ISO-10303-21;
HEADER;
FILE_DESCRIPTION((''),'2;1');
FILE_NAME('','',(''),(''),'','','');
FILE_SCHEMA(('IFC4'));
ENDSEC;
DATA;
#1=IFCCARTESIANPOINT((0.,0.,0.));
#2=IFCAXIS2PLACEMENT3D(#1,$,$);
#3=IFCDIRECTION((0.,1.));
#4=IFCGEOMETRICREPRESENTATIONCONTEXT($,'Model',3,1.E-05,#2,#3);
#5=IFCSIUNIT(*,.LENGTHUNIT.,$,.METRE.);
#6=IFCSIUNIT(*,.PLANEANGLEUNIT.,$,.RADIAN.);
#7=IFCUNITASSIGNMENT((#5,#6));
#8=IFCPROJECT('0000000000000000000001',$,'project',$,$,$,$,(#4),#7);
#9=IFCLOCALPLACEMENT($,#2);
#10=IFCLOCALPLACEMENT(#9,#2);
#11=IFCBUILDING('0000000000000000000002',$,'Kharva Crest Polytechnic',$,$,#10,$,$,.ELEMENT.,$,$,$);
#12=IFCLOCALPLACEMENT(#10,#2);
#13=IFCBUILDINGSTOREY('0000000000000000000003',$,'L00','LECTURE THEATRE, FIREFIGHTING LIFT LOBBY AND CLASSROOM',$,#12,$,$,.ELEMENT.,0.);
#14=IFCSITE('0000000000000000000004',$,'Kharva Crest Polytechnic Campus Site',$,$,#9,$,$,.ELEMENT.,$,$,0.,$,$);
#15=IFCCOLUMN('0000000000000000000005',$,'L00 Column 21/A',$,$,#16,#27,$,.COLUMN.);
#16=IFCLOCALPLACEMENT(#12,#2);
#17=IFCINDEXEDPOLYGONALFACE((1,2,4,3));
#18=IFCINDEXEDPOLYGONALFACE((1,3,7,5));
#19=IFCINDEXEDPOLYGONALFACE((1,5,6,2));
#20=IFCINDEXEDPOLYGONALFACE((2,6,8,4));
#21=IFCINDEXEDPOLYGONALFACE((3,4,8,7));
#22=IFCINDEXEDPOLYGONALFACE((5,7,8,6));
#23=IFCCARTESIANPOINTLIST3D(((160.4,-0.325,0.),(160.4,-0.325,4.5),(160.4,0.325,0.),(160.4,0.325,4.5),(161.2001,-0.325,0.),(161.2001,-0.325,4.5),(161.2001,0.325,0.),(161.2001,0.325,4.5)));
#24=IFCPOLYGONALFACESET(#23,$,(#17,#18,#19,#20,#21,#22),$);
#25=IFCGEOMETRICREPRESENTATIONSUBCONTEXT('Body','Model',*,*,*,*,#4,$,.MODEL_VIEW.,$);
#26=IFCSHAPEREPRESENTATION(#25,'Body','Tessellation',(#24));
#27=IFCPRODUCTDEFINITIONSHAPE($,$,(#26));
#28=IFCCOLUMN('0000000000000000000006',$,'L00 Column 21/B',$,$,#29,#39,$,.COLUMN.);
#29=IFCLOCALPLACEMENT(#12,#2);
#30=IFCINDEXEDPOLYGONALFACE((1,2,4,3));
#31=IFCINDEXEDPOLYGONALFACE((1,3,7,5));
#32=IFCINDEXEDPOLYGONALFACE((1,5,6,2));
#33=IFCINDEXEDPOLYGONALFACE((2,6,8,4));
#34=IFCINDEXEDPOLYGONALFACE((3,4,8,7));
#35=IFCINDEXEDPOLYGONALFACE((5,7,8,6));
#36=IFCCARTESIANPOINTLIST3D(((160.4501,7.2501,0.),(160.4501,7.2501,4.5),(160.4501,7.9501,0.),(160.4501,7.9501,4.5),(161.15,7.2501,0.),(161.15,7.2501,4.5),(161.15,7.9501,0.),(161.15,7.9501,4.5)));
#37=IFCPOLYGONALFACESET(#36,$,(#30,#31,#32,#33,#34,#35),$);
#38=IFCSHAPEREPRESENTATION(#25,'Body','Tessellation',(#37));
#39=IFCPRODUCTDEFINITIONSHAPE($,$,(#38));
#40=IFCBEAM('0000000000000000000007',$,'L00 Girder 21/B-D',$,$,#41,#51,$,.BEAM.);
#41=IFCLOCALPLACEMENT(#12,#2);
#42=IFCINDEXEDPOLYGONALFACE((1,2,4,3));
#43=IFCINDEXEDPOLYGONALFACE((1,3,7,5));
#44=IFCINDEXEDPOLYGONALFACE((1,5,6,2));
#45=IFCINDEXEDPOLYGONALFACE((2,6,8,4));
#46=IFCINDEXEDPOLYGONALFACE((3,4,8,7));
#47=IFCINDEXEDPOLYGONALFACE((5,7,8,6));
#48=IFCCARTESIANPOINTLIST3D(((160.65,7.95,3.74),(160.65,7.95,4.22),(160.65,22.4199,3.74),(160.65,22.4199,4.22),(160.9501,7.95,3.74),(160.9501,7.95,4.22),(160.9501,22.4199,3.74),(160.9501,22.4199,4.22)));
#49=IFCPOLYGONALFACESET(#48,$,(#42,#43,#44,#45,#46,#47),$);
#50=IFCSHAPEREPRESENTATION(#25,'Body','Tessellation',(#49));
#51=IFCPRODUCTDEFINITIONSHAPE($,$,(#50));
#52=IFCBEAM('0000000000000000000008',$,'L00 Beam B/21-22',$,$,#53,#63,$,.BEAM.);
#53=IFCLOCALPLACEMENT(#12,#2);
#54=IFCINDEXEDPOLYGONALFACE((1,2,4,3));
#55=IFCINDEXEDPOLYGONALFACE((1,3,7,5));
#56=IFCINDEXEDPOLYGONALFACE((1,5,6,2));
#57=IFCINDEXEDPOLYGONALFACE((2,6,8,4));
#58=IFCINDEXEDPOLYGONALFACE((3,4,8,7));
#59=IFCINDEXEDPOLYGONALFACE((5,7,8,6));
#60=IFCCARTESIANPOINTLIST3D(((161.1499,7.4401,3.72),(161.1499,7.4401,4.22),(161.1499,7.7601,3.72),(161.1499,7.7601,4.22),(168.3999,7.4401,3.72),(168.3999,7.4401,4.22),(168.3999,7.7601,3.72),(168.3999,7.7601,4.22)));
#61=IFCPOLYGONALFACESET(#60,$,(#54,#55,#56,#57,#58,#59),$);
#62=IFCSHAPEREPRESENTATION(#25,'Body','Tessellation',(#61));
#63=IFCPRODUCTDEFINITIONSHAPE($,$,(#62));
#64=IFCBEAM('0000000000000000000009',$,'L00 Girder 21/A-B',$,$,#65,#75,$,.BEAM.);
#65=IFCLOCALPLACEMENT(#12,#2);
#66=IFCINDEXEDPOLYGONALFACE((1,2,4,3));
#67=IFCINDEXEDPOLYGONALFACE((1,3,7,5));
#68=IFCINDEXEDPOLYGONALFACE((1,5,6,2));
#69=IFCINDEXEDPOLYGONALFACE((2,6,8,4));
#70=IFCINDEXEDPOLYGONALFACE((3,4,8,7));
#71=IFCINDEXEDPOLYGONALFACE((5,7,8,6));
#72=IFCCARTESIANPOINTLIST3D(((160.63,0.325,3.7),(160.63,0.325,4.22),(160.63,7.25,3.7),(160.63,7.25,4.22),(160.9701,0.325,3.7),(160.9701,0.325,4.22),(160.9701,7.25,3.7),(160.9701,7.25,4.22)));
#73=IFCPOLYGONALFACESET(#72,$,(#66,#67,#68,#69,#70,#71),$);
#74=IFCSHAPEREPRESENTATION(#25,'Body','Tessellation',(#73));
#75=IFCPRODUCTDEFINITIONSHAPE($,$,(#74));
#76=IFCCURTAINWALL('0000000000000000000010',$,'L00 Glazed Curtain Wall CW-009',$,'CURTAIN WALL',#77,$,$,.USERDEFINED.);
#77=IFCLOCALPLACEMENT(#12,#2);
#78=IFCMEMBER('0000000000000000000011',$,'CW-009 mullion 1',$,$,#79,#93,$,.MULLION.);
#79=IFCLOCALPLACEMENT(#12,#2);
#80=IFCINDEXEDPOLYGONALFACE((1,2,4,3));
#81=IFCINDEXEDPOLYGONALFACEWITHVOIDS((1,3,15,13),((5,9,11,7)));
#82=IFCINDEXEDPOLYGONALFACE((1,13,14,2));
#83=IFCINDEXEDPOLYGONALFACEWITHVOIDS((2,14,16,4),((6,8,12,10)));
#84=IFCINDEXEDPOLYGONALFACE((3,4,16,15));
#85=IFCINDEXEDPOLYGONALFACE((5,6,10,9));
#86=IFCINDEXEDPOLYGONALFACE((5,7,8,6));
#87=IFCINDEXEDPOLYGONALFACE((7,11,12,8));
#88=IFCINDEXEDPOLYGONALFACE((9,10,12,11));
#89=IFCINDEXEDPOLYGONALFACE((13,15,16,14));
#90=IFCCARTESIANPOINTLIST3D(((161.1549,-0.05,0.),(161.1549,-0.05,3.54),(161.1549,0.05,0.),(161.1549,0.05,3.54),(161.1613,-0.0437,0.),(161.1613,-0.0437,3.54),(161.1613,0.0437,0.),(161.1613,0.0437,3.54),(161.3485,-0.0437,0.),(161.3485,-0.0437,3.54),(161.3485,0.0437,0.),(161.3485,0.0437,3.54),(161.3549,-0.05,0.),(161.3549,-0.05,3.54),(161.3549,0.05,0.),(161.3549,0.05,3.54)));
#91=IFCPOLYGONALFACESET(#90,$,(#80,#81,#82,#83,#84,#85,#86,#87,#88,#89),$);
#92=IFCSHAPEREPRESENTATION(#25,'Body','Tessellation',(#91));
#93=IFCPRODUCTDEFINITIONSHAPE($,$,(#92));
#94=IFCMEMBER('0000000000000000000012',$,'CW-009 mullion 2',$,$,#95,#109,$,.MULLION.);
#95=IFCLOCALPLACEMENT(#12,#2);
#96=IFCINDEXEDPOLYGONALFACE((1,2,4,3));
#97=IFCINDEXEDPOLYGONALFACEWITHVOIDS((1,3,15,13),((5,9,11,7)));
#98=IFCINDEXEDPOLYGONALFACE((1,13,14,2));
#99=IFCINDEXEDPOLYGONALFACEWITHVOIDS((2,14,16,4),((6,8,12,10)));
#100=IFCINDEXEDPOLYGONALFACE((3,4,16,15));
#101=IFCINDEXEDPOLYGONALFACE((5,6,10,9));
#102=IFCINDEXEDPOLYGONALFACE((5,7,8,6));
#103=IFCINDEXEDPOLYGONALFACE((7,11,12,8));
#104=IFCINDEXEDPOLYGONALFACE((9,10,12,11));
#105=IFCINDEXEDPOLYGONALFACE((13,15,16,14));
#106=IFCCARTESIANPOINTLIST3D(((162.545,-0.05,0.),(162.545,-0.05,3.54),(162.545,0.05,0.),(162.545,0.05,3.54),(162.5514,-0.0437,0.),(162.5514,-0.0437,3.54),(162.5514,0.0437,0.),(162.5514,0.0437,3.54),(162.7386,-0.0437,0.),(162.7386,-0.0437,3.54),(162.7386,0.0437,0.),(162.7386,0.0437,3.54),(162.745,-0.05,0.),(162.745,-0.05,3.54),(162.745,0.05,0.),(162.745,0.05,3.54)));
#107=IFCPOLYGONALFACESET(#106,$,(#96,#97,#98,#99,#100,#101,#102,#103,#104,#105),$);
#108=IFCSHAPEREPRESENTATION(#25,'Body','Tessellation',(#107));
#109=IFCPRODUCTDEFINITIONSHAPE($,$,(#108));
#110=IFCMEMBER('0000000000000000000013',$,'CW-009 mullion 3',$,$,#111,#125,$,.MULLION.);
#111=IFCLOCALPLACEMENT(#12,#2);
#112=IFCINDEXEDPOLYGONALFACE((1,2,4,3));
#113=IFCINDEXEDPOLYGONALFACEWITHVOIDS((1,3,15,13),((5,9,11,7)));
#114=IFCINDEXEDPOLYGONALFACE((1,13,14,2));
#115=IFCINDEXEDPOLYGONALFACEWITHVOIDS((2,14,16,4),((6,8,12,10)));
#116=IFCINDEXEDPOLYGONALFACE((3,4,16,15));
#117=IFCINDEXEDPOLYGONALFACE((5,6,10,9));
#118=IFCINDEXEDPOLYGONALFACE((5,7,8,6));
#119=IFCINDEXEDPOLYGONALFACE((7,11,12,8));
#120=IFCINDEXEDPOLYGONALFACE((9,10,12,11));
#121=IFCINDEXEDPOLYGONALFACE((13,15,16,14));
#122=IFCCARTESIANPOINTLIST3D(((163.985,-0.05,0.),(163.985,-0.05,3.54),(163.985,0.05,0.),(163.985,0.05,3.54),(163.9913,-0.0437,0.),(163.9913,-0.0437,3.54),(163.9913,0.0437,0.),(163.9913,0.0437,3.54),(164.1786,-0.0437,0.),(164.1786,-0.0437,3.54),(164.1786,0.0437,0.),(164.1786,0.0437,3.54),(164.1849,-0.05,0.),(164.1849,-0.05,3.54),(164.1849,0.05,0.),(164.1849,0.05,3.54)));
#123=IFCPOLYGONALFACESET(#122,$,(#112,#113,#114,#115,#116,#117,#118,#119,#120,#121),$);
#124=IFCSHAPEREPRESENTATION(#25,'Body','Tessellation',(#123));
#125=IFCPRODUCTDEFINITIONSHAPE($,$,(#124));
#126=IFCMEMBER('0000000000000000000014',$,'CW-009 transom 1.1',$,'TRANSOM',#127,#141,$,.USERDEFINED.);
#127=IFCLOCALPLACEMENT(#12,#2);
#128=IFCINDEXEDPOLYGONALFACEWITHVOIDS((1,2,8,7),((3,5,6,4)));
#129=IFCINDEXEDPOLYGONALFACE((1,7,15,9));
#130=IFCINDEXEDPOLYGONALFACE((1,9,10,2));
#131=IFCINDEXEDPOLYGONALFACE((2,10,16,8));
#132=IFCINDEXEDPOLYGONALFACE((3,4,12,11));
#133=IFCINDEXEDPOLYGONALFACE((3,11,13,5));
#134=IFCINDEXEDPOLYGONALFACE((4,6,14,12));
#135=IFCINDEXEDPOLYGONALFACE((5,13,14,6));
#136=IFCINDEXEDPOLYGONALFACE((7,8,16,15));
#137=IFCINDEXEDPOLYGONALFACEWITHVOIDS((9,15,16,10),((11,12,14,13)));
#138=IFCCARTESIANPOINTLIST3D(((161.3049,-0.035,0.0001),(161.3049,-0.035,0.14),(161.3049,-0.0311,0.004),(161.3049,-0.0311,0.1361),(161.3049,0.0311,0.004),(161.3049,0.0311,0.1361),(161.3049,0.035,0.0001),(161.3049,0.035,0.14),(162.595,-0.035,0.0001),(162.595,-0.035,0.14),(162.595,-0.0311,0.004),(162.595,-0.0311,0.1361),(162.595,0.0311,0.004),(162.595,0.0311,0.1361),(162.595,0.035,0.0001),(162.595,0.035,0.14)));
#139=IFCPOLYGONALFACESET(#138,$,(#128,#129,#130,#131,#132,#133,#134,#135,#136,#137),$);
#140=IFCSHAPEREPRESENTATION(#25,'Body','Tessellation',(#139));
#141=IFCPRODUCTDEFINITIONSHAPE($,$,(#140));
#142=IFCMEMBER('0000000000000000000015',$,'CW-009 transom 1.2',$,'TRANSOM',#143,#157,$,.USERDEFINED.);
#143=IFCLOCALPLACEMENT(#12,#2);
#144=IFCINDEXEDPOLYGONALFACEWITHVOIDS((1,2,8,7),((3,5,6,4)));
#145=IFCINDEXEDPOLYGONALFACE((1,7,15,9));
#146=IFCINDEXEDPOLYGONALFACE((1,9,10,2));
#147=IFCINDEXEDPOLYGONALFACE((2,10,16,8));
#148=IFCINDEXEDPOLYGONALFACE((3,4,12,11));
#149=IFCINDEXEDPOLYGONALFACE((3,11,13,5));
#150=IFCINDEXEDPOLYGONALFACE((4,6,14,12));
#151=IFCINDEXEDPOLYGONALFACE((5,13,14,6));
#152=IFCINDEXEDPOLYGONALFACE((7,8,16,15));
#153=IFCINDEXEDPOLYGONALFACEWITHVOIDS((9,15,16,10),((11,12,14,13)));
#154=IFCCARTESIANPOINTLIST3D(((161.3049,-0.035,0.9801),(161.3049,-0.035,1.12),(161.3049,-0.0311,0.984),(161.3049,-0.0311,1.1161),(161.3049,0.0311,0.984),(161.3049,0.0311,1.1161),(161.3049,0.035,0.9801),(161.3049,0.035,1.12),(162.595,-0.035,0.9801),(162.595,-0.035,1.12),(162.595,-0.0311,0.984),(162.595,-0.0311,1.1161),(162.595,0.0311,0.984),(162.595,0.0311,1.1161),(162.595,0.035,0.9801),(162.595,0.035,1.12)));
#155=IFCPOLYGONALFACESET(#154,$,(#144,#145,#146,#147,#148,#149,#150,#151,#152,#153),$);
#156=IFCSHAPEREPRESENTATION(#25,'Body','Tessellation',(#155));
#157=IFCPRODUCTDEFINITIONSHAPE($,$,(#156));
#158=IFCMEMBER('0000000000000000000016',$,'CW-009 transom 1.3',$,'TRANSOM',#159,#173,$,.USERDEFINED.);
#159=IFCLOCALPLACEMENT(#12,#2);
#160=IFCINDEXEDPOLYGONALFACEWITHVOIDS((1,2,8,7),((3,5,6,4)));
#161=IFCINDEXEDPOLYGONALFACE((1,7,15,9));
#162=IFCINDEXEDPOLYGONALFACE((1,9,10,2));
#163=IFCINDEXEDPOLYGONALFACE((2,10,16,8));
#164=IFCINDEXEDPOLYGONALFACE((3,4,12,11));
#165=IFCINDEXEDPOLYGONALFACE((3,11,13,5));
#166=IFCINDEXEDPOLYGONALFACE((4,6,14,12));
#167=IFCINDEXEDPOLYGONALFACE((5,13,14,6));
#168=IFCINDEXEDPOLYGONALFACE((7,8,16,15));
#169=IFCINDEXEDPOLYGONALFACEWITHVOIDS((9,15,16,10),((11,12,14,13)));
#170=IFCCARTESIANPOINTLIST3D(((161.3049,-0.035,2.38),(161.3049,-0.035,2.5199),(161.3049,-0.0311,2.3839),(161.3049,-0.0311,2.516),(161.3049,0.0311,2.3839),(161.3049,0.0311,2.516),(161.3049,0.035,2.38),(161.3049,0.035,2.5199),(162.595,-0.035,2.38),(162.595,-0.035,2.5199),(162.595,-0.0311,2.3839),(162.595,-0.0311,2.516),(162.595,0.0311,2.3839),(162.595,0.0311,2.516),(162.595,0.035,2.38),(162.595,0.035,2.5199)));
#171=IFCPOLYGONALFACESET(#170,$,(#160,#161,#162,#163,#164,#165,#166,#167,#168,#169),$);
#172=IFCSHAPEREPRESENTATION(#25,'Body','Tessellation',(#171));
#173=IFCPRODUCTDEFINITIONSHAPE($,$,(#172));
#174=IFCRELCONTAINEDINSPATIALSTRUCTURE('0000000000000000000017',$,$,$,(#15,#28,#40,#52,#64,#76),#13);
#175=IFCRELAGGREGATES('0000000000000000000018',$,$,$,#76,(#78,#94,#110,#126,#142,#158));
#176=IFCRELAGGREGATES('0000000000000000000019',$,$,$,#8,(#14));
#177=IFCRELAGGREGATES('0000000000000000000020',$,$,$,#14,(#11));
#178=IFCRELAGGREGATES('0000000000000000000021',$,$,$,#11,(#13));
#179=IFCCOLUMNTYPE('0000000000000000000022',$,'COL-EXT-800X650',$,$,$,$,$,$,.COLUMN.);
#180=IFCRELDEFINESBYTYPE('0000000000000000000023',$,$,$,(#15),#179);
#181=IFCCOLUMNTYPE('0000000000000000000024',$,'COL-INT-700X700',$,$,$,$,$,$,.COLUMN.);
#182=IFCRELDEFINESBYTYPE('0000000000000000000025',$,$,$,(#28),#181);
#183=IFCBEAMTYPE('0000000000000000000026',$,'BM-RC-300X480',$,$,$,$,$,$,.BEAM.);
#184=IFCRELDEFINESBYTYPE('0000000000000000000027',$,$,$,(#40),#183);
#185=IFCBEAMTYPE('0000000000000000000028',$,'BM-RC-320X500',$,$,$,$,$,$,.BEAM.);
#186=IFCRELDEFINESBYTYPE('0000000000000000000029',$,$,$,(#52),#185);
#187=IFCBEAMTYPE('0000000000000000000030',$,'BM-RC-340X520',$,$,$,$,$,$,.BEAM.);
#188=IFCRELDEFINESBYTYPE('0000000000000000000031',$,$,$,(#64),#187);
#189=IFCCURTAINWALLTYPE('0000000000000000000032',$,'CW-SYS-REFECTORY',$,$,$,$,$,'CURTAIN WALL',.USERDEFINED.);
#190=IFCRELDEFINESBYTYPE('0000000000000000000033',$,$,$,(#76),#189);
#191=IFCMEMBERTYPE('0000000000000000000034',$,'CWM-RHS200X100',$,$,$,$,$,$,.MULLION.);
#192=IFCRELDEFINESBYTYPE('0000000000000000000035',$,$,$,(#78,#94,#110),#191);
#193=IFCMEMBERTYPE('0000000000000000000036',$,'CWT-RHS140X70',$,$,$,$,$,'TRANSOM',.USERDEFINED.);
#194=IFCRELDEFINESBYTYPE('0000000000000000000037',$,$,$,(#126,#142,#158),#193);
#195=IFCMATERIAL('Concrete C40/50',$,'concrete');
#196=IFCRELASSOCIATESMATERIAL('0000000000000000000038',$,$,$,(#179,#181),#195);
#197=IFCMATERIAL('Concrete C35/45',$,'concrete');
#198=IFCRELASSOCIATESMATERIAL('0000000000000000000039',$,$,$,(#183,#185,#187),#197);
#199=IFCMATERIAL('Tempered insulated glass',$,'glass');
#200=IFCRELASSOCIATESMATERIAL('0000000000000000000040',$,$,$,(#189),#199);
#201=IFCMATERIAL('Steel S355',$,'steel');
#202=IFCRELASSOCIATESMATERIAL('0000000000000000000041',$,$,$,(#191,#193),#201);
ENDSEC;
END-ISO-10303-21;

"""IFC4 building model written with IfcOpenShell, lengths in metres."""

from ifc_helpers import new_model, si_unit, direction, frame, origin, origin_2d, place, context, subcontext, project, spatial, rectangle, hollow_rectangle, extrude, material, material_profile, profile_set, type_object, element, aggregate, save


model = new_model("IFC4")

# Units and contexts
model_context = context("Model", 3, precision=1e-05, world=origin(), true_north=direction((0.0, 1.0)))
body_context = subcontext(model_context, "Body", "Model", "MODEL_VIEW")
ifc_project = project(units=[si_unit("LENGTHUNIT", "METRE"), si_unit("PLANEANGLEUNIT", "RADIAN")], contexts=[model_context])

# Site, building, storey
site_placement = place(None, origin())
site = spatial("IfcSite", under=ifc_project, at=site_placement, Name="Kharva Crest Polytechnic Campus Site", CompositionType="ELEMENT", RefElevation=0.0)
building_placement = place(site_placement, origin())
building = spatial("IfcBuilding", under=site, at=building_placement, Name="Kharva Crest Polytechnic", CompositionType="ELEMENT")
storey_placement = place(building_placement, origin())
storey = spatial("IfcBuildingStorey", under=building, at=storey_placement, Name="L00", Description="LECTURE THEATRE, FIREFIGHTING LIFT LOBBY AND CLASSROOM", CompositionType="ELEMENT", Elevation=0.0)

# Columns
ifc_material_1 = material(Name="Concrete C40/50", Category="concrete")
ifc_material_profile_1 = material_profile(ifc_material_1, rectangle(XDim=0.8, YDim=0.6499, at=origin_2d()), Name="RECT 800 X 650")
ifc_profile_set_1 = profile_set([ifc_material_profile_1], Name="Concrete C40/50")
column_type_1 = type_object("IfcColumnType", Name="COL-EXT-800X650", PredefinedType="COLUMN", material=ifc_profile_set_1)
column_1_placement = place(storey_placement, frame((160.8, 0.0, 0.0), z_axis=(0.0, 0.0, 1.0), x_axis=(1.0, 0.0, 0.0)))
element("IfcColumn", 1, at=column_1_placement, inside=storey, type_object=column_type_1, Name="L00 Column 21/A", PredefinedType="COLUMN", context=body_context, shape_type="SweptSolid", body=[
    extrude(rectangle(XDim=0.8, YDim=0.6499, at=origin_2d()), origin(), (0.0, 0.0, 1.0), 4.5),
])
ifc_material_profile_2 = material_profile(ifc_material_1, rectangle(XDim=0.7, YDim=0.7, at=origin_2d()), Name="RECT 700 X 700")
ifc_profile_set_2 = profile_set([ifc_material_profile_2], Name="Concrete C40/50")
column_type_2 = type_object("IfcColumnType", Name="COL-INT-700X700", PredefinedType="COLUMN", material=ifc_profile_set_2)
column_2_placement = place(storey_placement, frame((160.8, 7.6001, 0.0), z_axis=(0.0, 0.0, 1.0), x_axis=(1.0, 0.0, 0.0)))
element("IfcColumn", 2, at=column_2_placement, inside=storey, type_object=column_type_2, Name="L00 Column 21/B", PredefinedType="COLUMN", context=body_context, shape_type="SweptSolid", body=[
    extrude(rectangle(XDim=0.7, YDim=0.7, at=origin_2d()), origin(), (0.0, 0.0, 1.0), 4.5),
])

# Beams
ifc_material_2 = material(Name="Concrete C35/45", Category="concrete")
ifc_material_profile_3 = material_profile(ifc_material_2, rectangle(XDim=0.3, YDim=0.48, at=origin_2d()), Name="RECT 300 X 480")
ifc_profile_set_3 = profile_set([ifc_material_profile_3], Name="Concrete C35/45")
beam_type_1 = type_object("IfcBeamType", Name="BM-RC-300X480", PredefinedType="BEAM", material=ifc_profile_set_3)
beam_1_placement = place(storey_placement, frame((160.8, 7.95, 3.98), z_axis=(0.0, 1.0, 0.0), x_axis=(-1.0, 0.0, 0.0)))
element("IfcBeam", 3, at=beam_1_placement, inside=storey, type_object=beam_type_1, Name="L00 Girder 21/B-D", PredefinedType="BEAM", context=body_context, shape_type="SweptSolid", body=[
    extrude(rectangle(XDim=0.3, YDim=0.48, at=origin_2d()), origin(), (0.0, 0.0, 1.0), 14.47),
])
ifc_material_profile_4 = material_profile(ifc_material_2, rectangle(XDim=0.3201, YDim=0.5, at=origin_2d()), Name="RECT 320 X 500")
ifc_profile_set_4 = profile_set([ifc_material_profile_4], Name="Concrete C35/45")
beam_type_2 = type_object("IfcBeamType", Name="BM-RC-320X500", PredefinedType="BEAM", material=ifc_profile_set_4)
beam_2_placement = place(storey_placement, frame((161.1499, 7.6001, 3.97), z_axis=(1.0, 0.0, 0.0), x_axis=(0.0, 1.0, 0.0)))
element("IfcBeam", 4, at=beam_2_placement, inside=storey, type_object=beam_type_2, Name="L00 Beam B/21-22", PredefinedType="BEAM", context=body_context, shape_type="SweptSolid", body=[
    extrude(rectangle(XDim=0.3201, YDim=0.5, at=origin_2d()), origin(), (0.0, 0.0, 1.0), 7.25),
])
ifc_material_profile_5 = material_profile(ifc_material_2, rectangle(XDim=0.3401, YDim=0.52, at=origin_2d()), Name="RECT 340 X 520")
ifc_profile_set_5 = profile_set([ifc_material_profile_5], Name="Concrete C35/45")
beam_type_3 = type_object("IfcBeamType", Name="BM-RC-340X520", PredefinedType="BEAM", material=ifc_profile_set_5)
beam_3_placement = place(storey_placement, frame((160.8, 0.325, 3.96), z_axis=(0.0, 1.0, 0.0), x_axis=(-1.0, 0.0, 0.0)))
element("IfcBeam", 5, at=beam_3_placement, inside=storey, type_object=beam_type_3, Name="L00 Girder 21/A-B", PredefinedType="BEAM", context=body_context, shape_type="SweptSolid", body=[
    extrude(rectangle(XDim=0.3401, YDim=0.52, at=origin_2d()), origin(), (0.0, 0.0, 1.0), 6.925),
])

# Curtain wall, members
ifc_material_3 = material(Name="Tempered insulated glass", Category="glass")
curtain_wall_type = type_object("IfcCurtainWallType", Name="CW-SYS-REFECTORY", ElementType="CURTAIN WALL", PredefinedType="USERDEFINED", material=ifc_material_3)
curtain_wall_placement = place(storey_placement, origin())
curtain_wall = element("IfcCurtainWall", 6, at=curtain_wall_placement, inside=storey, type_object=curtain_wall_type, Name="L00 Glazed Curtain Wall CW-009", ObjectType="CURTAIN WALL", PredefinedType="USERDEFINED")
ifc_material_4 = material(Name="Steel S355", Category="steel")
ifc_material_profile_6 = material_profile(ifc_material_4, hollow_rectangle(XDim=0.1001, YDim=0.2, WallThickness=0.0063, at=origin_2d()), Name="RHS 200X100X6.3")
ifc_profile_set_6 = profile_set([ifc_material_profile_6], Name="Steel S355")
member_type_1 = type_object("IfcMemberType", Name="CWM-RHS200X100", PredefinedType="MULLION", material=ifc_profile_set_6)
member_1_placement = place(storey_placement, frame((161.2549, 0.0, 0.0), z_axis=(0.0, 0.0, 1.0), x_axis=(0.0, 1.0, 0.0)))
member_1 = element("IfcMember", 7, at=member_1_placement, type_object=member_type_1, Name="CW-009 mullion 1", PredefinedType="MULLION", context=body_context, shape_type="SweptSolid", body=[
    extrude(hollow_rectangle(XDim=0.1001, YDim=0.2, WallThickness=0.0063, at=origin_2d()), origin(), (0.0, 0.0, 1.0), 3.54),
])
member_2_placement = place(storey_placement, frame((162.645, 0.0, 0.0), z_axis=(0.0, 0.0, 1.0), x_axis=(0.0, 1.0, 0.0)))
member_2 = element("IfcMember", 8, at=member_2_placement, type_object=member_type_1, Name="CW-009 mullion 2", PredefinedType="MULLION", context=body_context, shape_type="SweptSolid", body=[
    extrude(hollow_rectangle(XDim=0.1001, YDim=0.2, WallThickness=0.0063, at=origin_2d()), origin(), (0.0, 0.0, 1.0), 3.54),
])
member_3_placement = place(storey_placement, frame((164.085, 0.0, 0.0), z_axis=(0.0, 0.0, 1.0), x_axis=(0.0, 1.0, 0.0)))
member_3 = element("IfcMember", 9, at=member_3_placement, type_object=member_type_1, Name="CW-009 mullion 3", PredefinedType="MULLION", context=body_context, shape_type="SweptSolid", body=[
    extrude(hollow_rectangle(XDim=0.1001, YDim=0.2, WallThickness=0.0063, at=origin_2d()), origin(), (0.0, 0.0, 1.0), 3.54),
])
ifc_material_profile_7 = material_profile(ifc_material_4, hollow_rectangle(XDim=0.0701, YDim=0.1399, WallThickness=0.0039, at=origin_2d()), Name="RHS 140X70X4.0")
ifc_profile_set_7 = profile_set([ifc_material_profile_7], Name="Steel S355")
member_type_2 = type_object("IfcMemberType", Name="CWT-RHS140X70", ElementType="TRANSOM", PredefinedType="USERDEFINED", material=ifc_profile_set_7)
member_4_placement = place(storey_placement, frame((161.3049, 0.0, 0.0701), z_axis=(1.0, 0.0, 0.0), x_axis=(0.0, 1.0, 0.0)))
member_4 = element("IfcMember", 10, at=member_4_placement, type_object=member_type_2, Name="CW-009 transom 1.1", ObjectType="TRANSOM", PredefinedType="USERDEFINED", context=body_context, shape_type="SweptSolid", body=[
    extrude(hollow_rectangle(XDim=0.0701, YDim=0.1399, WallThickness=0.0039, at=origin_2d()), origin(), (0.0, 0.0, 1.0), 1.29),
])
member_5_placement = place(storey_placement, frame((161.3049, 0.0, 1.05), z_axis=(1.0, 0.0, 0.0), x_axis=(0.0, 1.0, 0.0)))
member_5 = element("IfcMember", 11, at=member_5_placement, type_object=member_type_2, Name="CW-009 transom 1.2", ObjectType="TRANSOM", PredefinedType="USERDEFINED", context=body_context, shape_type="SweptSolid", body=[
    extrude(hollow_rectangle(XDim=0.0701, YDim=0.1399, WallThickness=0.0039, at=origin_2d()), origin(), (0.0, 0.0, 1.0), 1.29),
])
member_6_placement = place(storey_placement, frame((161.3049, 0.0, 2.45), z_axis=(1.0, 0.0, 0.0), x_axis=(0.0, 1.0, 0.0)))
member_6 = element("IfcMember", 12, at=member_6_placement, type_object=member_type_2, Name="CW-009 transom 1.3", ObjectType="TRANSOM", PredefinedType="USERDEFINED", context=body_context, shape_type="SweptSolid", body=[
    extrude(hollow_rectangle(XDim=0.0701, YDim=0.1399, WallThickness=0.0039, at=origin_2d()), origin(), (0.0, 0.0, 1.0), 1.29),
])

aggregate(curtain_wall, [member_1, member_2, member_3, member_4, member_5, member_6])

save(model, "model.ifc")
